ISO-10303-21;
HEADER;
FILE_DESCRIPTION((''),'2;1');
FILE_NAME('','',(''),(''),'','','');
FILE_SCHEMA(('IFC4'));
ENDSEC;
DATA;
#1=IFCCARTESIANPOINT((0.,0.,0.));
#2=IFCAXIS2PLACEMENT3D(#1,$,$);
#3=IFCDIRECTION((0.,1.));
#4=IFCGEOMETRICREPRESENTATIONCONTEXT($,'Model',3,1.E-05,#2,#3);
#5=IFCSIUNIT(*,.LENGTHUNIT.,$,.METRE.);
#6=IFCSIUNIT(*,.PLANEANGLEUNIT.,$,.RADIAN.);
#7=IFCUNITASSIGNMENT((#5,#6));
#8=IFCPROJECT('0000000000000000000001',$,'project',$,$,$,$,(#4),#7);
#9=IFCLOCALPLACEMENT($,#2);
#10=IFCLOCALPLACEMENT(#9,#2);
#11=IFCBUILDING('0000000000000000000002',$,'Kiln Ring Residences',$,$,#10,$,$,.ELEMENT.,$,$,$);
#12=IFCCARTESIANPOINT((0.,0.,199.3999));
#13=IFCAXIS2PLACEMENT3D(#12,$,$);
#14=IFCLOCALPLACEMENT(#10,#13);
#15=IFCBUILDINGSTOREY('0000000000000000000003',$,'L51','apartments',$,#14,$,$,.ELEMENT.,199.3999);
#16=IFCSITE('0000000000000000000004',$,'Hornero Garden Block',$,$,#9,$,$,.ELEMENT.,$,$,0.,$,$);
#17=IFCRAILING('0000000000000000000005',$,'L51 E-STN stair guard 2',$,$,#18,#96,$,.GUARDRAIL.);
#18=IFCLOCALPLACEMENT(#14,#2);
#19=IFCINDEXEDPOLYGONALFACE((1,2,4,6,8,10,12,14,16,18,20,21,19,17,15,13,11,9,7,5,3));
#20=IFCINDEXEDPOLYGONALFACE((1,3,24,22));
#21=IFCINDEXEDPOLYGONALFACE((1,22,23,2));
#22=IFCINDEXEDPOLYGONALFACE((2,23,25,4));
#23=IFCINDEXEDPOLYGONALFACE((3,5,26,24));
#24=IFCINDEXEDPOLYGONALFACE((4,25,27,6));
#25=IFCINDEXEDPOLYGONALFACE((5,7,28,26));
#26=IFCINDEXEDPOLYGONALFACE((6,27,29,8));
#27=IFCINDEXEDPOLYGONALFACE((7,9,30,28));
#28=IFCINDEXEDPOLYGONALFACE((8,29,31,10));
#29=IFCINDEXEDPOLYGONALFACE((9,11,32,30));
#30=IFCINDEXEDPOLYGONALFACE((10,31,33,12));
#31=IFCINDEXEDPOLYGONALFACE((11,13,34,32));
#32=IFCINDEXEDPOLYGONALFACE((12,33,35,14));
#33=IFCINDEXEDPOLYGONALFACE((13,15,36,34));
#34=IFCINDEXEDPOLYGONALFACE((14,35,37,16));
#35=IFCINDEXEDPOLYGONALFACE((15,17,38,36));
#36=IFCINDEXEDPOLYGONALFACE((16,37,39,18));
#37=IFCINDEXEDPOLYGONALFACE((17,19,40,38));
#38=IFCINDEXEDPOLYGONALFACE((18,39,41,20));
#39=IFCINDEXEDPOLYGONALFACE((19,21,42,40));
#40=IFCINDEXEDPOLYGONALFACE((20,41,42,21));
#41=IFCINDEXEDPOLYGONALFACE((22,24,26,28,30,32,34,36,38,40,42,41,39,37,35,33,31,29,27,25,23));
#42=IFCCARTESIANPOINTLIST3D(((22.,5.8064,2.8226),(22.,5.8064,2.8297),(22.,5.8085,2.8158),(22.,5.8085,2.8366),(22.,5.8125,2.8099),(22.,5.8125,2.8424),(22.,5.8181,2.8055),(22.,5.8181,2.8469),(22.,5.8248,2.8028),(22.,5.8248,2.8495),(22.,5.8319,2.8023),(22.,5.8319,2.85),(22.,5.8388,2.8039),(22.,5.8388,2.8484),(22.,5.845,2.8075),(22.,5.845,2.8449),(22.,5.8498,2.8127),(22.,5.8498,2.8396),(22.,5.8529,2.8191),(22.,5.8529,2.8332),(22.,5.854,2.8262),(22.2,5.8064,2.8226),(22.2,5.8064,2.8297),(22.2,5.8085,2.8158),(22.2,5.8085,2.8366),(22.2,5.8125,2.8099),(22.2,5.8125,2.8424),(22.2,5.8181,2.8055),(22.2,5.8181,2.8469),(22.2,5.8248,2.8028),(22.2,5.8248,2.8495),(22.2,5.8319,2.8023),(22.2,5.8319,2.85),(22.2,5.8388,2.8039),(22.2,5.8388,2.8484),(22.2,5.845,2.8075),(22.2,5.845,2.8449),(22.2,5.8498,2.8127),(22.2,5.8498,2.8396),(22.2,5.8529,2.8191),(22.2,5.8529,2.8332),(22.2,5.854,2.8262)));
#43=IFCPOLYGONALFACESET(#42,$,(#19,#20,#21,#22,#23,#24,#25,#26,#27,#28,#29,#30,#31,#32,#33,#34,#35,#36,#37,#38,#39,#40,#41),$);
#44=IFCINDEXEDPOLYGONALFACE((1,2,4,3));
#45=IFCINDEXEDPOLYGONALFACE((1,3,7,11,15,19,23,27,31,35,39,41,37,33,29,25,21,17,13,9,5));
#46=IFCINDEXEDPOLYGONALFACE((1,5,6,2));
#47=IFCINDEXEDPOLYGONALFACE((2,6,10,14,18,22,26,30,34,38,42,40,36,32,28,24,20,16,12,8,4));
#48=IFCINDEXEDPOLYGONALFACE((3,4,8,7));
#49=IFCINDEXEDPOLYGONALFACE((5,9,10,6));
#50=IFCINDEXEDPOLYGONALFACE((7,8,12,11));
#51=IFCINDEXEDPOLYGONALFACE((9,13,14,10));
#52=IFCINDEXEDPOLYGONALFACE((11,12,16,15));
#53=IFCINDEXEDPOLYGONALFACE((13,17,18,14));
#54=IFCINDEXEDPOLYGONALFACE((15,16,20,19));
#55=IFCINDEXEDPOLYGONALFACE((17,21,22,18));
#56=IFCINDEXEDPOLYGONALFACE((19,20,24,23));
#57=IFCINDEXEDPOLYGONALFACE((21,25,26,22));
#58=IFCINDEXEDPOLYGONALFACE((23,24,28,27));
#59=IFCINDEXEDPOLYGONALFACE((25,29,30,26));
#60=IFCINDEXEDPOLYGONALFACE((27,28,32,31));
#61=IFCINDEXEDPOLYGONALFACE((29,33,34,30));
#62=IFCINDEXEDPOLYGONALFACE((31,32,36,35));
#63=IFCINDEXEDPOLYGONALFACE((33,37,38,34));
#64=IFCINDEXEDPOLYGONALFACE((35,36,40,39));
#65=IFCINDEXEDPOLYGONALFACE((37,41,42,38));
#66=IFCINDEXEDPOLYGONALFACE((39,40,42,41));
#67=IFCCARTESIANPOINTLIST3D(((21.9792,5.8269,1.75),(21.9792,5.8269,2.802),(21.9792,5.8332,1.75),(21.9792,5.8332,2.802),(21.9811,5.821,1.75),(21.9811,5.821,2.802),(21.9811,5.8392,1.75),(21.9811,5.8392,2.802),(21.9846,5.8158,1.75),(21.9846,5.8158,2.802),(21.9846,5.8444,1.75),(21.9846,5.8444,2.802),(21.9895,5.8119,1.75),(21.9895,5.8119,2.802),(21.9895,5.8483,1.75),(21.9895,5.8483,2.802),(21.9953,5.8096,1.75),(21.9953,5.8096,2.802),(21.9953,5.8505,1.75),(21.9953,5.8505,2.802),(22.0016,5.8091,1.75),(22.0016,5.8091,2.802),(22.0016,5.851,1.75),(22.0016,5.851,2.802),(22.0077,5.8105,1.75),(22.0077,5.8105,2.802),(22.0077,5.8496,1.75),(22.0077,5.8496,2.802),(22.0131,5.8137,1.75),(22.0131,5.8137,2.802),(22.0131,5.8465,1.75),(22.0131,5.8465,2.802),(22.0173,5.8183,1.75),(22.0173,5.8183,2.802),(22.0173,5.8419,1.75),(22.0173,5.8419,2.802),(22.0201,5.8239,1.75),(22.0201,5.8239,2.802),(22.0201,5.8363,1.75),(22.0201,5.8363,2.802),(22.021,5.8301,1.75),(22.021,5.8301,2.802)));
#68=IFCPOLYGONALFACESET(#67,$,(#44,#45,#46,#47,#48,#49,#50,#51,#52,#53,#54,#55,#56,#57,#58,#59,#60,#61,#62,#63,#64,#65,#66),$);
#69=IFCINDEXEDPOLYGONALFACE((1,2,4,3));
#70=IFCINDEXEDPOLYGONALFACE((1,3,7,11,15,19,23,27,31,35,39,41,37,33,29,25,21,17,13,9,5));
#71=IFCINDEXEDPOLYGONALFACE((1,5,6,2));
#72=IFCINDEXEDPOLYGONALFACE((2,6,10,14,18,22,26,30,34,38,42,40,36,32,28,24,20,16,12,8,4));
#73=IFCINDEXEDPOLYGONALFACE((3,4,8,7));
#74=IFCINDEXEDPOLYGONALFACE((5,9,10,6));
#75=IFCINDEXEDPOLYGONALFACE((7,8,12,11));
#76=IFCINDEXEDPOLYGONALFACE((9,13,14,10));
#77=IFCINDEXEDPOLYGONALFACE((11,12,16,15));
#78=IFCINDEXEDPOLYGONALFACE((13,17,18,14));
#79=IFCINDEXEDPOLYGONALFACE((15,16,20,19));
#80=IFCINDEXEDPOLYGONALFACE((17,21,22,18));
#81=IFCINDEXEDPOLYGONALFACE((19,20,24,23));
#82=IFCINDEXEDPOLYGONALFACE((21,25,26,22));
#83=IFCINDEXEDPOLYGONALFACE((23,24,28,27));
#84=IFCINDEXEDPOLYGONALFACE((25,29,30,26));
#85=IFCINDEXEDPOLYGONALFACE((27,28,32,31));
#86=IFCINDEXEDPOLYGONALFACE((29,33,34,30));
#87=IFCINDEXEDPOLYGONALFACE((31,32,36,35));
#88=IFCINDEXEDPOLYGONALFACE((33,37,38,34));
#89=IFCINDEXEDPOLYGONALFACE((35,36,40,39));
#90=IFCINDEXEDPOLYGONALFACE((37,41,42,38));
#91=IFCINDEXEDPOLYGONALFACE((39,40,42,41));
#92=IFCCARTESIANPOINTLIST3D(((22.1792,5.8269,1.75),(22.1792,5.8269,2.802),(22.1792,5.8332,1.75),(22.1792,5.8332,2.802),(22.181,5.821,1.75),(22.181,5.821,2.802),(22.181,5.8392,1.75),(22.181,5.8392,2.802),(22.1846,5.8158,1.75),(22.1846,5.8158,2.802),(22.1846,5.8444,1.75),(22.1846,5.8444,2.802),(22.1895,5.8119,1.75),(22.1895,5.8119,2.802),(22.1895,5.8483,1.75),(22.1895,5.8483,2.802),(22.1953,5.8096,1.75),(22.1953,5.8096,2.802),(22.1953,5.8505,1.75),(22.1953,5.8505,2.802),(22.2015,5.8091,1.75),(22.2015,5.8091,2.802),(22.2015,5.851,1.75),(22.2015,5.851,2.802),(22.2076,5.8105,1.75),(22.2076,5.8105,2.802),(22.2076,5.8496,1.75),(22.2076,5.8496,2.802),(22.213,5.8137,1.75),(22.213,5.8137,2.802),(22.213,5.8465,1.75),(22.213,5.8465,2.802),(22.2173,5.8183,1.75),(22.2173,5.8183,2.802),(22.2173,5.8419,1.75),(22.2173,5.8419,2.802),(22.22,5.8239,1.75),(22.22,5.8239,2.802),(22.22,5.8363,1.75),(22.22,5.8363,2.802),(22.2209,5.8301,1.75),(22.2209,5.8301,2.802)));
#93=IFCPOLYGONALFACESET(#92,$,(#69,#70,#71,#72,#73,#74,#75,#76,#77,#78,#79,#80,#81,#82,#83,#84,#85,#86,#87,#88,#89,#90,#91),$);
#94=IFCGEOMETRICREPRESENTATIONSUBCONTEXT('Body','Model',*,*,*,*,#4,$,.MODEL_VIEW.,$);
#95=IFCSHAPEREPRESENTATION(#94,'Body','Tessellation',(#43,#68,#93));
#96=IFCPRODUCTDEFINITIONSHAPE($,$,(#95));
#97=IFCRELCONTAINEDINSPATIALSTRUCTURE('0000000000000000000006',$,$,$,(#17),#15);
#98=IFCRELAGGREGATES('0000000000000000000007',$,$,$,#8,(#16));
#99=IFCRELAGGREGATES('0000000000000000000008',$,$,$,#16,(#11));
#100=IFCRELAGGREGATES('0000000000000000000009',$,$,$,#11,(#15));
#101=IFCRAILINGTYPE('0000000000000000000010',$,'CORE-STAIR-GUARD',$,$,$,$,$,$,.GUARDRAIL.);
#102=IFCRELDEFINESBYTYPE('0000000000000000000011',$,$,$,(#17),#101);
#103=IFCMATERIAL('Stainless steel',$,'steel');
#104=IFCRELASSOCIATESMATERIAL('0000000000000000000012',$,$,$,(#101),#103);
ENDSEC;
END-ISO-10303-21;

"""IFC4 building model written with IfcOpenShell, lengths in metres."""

from ifc_helpers import new_model, si_unit, direction, frame, origin, origin_2d, place, context, subcontext, project, spatial, circle, extrude, material, type_object, element, save


model = new_model("IFC4")

# Units and contexts
model_context = context("Model", 3, precision=1e-05, world=origin(), true_north=direction((0.0, 1.0)))
body_context = subcontext(model_context, "Body", "Model", "MODEL_VIEW")
ifc_project = project(units=[si_unit("LENGTHUNIT", "METRE"), si_unit("PLANEANGLEUNIT", "RADIAN")], contexts=[model_context])

# Site, building, storey
site_placement = place(None, origin())
site = spatial("IfcSite", under=ifc_project, at=site_placement, Name="Hornero Garden Block", CompositionType="ELEMENT", RefElevation=0.0)
building_placement = place(site_placement, origin())
building = spatial("IfcBuilding", under=site, at=building_placement, Name="Kiln Ring Residences", CompositionType="ELEMENT")
storey_placement = place(building_placement, frame((0.0, 0.0, 199.3999)))
storey = spatial("IfcBuildingStorey", under=building, at=storey_placement, Name="L51", Description="apartments", CompositionType="ELEMENT", Elevation=199.3999)

# Railing
ifc_material_1 = material(Name="Stainless steel", Category="steel")
railing_type_1 = type_object("IfcRailingType", Name="CORE-STAIR-GUARD", PredefinedType="GUARDRAIL", material=ifc_material_1)
railing_1_placement = place(storey_placement, frame((22.0, 5.8301, 1.75)))
element("IfcRailing", 1, at=railing_1_placement, inside=storey, type_object=railing_type_1, Name="L51 E-STN stair guard 2", PredefinedType="GUARDRAIL", context=body_context, shape_type="SweptSolid", body=[
    extrude(circle(Radius=0.0239, at=origin_2d()), frame((0.0, 0.0, 1.0762), z_axis=(1.0, 0.0, 0.0), x_axis=(0.0, 1.0, 0.0)), (0.0, 0.0, 1.0), 0.2),
    extrude(circle(Radius=0.021, at=origin_2d()), origin(), (0.0, 0.0, 1.0), 1.052),
    extrude(circle(Radius=0.021, at=origin_2d()), frame((0.2, 0.0, 0.0)), (0.0, 0.0, 1.0), 1.052),
])

save(model, "model.ifc")
